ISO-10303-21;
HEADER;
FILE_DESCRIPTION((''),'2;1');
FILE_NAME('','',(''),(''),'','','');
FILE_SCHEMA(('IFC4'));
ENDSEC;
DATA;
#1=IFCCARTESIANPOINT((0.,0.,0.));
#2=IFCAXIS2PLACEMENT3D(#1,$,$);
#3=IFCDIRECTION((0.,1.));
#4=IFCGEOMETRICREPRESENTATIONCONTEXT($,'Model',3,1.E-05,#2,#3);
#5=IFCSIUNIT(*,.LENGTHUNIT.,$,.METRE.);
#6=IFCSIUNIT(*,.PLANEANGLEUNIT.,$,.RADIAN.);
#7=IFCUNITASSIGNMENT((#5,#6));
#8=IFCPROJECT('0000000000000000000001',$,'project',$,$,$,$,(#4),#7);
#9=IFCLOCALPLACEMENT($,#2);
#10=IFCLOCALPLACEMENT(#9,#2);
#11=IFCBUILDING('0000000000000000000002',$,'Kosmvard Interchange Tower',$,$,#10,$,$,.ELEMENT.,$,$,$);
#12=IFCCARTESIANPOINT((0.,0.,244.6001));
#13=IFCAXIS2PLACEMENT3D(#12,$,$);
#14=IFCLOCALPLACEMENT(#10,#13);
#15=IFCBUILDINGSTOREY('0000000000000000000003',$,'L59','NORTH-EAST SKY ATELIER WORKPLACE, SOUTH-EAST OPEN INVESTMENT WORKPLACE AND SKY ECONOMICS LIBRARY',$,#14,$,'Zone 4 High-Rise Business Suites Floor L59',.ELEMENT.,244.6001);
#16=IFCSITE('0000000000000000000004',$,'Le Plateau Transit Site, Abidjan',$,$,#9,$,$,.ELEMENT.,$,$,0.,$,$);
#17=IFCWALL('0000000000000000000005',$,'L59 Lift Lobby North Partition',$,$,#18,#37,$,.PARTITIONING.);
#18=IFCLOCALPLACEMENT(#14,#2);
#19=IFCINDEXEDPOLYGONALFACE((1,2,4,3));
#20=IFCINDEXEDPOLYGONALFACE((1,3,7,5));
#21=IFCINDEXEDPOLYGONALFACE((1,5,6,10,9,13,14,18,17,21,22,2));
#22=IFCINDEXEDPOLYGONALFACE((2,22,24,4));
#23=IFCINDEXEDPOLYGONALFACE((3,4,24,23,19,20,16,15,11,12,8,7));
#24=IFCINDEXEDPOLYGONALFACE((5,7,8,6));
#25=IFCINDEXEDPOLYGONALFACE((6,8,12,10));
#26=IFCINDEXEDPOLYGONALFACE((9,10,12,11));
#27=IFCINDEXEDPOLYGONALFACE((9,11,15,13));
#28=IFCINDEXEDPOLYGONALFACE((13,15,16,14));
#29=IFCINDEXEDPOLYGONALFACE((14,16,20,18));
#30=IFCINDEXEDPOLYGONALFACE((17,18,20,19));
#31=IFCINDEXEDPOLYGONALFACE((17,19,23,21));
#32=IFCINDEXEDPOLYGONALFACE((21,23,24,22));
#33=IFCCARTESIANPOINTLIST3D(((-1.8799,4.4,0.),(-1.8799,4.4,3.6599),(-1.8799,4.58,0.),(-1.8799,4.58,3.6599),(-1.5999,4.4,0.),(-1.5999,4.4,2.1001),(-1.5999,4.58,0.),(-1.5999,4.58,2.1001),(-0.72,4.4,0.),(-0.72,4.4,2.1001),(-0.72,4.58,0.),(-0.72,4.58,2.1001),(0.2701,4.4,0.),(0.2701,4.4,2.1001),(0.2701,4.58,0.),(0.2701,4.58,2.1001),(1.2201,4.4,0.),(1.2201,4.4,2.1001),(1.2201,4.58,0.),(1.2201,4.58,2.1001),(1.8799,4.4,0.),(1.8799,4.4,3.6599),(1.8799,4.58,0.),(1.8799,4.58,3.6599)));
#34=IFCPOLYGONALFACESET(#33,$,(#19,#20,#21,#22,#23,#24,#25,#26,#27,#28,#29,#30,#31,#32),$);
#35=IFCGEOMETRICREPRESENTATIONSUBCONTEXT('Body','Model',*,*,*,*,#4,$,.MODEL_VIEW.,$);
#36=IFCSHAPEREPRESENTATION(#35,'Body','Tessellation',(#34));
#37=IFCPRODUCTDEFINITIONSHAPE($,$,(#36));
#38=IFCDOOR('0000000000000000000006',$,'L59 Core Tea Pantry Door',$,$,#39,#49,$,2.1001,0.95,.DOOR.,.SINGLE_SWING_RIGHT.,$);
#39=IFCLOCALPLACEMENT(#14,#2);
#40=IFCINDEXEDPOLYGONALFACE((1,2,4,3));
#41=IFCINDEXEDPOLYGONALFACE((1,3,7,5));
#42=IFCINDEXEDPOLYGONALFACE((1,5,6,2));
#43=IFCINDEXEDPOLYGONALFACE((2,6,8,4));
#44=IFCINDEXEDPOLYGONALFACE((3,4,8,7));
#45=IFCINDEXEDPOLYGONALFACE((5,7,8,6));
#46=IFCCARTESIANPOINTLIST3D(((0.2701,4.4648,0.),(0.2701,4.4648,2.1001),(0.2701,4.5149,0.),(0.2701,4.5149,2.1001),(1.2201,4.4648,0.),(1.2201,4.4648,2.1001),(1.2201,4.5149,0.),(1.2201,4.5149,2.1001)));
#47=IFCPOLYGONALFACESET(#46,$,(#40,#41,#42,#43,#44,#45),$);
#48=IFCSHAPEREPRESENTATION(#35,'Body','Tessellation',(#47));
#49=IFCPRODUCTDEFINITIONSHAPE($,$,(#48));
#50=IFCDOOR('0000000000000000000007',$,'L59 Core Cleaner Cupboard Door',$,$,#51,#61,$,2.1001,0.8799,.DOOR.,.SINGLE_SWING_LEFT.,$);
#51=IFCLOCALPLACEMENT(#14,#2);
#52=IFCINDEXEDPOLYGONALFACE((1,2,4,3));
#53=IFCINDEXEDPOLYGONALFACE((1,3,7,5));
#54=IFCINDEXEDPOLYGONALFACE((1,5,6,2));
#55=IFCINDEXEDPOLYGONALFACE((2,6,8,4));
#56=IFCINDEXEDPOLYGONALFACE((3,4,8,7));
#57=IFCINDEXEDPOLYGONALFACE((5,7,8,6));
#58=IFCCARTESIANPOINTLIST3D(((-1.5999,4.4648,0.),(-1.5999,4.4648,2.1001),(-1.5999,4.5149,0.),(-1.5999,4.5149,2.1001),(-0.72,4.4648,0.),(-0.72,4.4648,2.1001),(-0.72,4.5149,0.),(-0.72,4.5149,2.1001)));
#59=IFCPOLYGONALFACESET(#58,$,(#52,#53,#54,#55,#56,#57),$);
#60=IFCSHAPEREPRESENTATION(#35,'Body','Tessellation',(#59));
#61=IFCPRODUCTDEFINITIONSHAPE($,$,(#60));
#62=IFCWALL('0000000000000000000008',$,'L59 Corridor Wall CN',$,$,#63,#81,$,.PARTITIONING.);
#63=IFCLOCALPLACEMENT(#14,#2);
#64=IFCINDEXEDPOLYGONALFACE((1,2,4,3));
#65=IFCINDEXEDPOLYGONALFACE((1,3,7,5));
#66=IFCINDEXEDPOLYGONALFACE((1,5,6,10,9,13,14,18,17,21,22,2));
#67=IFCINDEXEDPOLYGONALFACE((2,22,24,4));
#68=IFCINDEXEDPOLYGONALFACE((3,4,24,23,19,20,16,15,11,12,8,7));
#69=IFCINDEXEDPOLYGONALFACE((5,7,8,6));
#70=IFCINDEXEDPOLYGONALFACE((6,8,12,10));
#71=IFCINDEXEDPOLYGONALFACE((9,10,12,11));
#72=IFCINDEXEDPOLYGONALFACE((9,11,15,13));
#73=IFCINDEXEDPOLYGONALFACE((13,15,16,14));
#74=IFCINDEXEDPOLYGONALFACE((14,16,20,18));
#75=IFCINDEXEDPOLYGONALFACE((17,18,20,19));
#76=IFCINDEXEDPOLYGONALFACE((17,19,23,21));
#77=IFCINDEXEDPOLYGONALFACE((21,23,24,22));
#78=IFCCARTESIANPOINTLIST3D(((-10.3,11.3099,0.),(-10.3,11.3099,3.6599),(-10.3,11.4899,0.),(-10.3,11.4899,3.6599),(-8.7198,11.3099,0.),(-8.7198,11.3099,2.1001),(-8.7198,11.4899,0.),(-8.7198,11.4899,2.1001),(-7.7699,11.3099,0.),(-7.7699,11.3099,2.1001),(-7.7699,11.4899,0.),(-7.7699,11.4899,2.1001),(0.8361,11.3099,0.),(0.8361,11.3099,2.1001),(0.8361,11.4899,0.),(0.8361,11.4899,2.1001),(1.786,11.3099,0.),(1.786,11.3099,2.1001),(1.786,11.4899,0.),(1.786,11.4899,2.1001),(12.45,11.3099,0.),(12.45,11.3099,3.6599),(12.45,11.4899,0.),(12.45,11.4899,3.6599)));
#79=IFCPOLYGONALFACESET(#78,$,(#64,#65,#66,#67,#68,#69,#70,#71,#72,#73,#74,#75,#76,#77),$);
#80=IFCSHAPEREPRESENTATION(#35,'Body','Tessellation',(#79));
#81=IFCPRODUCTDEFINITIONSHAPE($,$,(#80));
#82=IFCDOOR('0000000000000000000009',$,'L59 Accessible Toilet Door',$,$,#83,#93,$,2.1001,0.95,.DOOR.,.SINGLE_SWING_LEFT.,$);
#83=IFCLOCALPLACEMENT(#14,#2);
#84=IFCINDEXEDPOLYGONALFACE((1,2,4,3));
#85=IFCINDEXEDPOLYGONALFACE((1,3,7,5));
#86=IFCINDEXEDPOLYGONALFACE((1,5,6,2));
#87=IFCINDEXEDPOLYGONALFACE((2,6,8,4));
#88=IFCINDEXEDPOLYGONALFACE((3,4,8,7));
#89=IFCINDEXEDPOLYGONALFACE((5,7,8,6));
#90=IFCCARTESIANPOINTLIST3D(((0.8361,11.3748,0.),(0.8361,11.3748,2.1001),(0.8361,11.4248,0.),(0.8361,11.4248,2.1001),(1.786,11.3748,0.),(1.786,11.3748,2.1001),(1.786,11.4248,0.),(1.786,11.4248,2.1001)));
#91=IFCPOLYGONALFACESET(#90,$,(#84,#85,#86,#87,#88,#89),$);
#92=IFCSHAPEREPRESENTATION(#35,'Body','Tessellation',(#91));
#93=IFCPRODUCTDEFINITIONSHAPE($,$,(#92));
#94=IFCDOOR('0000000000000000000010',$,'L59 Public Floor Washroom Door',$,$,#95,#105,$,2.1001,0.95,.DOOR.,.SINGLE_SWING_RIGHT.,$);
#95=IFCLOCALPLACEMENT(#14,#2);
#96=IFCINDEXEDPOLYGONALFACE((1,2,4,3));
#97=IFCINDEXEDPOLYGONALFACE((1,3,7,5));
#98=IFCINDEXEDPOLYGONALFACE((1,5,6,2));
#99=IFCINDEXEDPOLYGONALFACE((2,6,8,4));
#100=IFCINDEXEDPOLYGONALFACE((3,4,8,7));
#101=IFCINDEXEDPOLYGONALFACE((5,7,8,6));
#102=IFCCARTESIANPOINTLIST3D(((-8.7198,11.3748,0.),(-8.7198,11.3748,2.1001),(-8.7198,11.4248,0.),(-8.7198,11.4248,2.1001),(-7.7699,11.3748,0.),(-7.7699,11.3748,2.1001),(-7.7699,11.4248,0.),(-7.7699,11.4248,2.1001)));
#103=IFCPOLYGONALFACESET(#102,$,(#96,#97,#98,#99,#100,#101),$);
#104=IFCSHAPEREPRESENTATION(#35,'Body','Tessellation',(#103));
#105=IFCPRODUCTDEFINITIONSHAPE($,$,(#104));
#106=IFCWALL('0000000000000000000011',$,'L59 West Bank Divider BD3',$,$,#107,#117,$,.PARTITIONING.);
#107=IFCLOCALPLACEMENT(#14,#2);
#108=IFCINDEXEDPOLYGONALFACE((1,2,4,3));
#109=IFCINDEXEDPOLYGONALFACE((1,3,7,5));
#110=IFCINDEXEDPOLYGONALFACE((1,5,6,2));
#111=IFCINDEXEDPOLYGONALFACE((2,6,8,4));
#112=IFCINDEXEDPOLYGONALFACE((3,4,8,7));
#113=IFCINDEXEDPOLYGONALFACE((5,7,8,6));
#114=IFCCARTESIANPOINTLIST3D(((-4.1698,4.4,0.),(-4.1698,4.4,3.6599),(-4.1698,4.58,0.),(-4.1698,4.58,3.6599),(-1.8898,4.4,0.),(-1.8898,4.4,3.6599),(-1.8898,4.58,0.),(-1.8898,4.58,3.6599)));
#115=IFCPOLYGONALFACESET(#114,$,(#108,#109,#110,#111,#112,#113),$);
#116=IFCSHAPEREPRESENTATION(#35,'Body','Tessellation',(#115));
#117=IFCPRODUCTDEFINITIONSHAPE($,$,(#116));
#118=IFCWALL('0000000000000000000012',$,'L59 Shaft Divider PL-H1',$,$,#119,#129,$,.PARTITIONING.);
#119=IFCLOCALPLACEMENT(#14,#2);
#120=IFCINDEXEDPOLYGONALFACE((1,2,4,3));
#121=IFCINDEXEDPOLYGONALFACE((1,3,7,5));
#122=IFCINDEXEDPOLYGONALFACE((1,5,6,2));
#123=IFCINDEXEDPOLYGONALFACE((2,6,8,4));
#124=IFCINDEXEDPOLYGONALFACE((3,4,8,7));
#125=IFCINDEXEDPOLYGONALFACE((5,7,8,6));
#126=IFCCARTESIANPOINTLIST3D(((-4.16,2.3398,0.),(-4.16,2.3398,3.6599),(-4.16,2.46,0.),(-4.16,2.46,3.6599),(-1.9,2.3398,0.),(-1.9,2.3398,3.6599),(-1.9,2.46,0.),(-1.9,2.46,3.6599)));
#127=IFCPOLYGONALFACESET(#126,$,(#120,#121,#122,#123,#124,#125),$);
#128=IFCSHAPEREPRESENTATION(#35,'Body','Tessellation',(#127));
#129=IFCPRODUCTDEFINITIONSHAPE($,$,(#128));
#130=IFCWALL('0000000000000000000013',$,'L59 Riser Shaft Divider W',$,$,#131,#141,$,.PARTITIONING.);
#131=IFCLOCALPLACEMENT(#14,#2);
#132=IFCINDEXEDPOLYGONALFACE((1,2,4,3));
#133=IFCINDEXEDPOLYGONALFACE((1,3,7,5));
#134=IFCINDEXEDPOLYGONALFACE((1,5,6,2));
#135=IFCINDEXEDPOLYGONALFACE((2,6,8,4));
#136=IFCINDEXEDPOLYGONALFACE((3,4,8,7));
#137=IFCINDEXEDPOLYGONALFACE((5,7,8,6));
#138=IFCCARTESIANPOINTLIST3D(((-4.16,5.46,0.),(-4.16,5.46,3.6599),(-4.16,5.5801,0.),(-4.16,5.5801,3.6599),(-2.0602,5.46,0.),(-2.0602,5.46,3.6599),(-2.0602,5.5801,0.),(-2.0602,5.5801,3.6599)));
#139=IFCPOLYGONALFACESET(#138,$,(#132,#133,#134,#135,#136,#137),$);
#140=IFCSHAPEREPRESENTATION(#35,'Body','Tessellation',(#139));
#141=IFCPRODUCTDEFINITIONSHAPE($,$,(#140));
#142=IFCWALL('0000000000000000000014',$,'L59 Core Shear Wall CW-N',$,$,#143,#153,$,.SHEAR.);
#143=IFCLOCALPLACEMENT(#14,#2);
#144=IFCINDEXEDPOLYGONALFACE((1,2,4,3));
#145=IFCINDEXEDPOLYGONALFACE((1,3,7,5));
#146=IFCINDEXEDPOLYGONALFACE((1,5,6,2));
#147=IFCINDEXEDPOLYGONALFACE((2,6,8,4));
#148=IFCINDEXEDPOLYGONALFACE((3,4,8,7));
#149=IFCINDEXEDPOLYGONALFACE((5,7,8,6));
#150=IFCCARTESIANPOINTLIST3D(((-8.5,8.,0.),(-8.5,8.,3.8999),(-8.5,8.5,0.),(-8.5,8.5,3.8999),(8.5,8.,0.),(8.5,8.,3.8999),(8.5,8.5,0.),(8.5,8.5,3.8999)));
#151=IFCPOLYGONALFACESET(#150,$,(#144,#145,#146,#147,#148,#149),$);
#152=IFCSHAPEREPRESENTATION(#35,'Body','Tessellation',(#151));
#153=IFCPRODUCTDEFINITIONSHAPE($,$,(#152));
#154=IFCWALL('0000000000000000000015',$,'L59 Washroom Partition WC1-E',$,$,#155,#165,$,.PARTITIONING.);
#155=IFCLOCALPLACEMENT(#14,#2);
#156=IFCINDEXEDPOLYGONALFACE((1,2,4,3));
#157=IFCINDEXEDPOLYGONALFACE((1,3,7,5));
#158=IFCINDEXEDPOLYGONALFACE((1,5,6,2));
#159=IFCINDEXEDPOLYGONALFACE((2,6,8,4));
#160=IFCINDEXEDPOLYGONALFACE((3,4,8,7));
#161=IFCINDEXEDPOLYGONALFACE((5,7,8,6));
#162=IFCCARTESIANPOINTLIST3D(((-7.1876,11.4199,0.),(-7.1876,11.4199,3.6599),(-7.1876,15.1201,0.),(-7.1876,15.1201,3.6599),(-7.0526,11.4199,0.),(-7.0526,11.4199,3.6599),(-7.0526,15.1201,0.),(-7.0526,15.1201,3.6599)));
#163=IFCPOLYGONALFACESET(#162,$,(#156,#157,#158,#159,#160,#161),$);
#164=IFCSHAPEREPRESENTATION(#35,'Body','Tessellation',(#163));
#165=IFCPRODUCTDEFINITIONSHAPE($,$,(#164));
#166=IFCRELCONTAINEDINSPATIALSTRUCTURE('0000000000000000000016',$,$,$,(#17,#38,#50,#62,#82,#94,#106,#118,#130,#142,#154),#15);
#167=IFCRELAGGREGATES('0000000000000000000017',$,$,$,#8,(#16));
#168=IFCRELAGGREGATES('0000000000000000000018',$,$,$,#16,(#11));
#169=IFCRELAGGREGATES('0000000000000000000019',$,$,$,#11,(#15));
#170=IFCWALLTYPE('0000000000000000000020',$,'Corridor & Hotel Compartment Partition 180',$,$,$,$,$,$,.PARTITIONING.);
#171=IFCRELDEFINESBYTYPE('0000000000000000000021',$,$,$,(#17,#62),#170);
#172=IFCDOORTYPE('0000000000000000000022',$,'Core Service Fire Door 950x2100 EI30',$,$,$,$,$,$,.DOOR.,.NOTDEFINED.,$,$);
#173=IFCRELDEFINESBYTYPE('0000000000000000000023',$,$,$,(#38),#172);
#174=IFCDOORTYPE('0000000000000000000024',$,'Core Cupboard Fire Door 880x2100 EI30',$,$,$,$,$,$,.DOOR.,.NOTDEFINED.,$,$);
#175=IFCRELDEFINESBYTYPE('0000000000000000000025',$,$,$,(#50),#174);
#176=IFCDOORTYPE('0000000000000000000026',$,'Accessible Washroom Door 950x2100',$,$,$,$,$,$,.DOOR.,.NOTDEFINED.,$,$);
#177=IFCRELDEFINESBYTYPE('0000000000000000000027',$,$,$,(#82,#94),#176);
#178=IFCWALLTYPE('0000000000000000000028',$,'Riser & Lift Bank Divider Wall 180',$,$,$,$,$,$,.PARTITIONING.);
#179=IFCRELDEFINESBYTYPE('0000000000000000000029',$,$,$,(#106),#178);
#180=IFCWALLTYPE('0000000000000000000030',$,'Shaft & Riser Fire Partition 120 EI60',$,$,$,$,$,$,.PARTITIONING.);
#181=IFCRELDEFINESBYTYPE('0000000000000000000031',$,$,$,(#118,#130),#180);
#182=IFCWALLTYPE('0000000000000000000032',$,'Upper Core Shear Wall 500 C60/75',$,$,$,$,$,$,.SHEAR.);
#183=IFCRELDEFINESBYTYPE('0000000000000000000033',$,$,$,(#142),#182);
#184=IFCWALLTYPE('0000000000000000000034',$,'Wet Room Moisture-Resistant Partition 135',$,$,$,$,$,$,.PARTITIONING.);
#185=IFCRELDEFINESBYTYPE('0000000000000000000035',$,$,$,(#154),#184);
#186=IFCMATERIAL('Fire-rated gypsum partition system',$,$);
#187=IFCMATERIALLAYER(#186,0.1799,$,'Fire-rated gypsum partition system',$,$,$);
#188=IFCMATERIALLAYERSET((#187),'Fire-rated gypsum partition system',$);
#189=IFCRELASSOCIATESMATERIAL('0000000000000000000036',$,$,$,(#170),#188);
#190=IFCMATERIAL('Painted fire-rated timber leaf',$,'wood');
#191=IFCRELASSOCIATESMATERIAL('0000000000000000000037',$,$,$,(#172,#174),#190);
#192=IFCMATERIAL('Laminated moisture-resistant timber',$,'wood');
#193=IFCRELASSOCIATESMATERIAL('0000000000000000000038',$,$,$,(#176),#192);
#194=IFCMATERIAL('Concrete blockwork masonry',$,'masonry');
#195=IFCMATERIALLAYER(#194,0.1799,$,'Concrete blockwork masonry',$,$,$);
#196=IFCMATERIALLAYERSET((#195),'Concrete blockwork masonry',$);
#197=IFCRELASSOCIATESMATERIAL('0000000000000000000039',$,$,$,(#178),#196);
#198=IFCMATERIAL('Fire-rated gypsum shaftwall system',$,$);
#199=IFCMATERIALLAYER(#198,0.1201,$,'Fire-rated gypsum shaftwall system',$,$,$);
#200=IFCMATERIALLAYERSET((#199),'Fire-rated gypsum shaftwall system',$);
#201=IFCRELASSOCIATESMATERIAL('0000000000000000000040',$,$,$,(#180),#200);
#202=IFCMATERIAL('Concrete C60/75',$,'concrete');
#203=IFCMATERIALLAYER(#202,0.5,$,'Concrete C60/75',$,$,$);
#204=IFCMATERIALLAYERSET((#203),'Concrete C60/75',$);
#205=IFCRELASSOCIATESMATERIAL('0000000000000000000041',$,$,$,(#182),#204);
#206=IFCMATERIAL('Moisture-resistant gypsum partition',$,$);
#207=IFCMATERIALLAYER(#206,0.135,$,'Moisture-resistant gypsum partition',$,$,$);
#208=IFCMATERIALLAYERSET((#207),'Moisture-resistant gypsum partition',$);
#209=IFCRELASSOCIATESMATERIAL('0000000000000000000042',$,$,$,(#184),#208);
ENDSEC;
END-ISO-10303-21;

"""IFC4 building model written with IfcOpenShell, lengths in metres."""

from ifc_helpers import new_model, si_unit, direction, frame, frame_2d, origin, place, context, subcontext, project, spatial, rectangle, extrude, source, transform, mapped, material, layer, layer_set, type_object, element, fill, save


model = new_model("IFC4")

# Units and contexts
model_context = context("Model", 3, precision=1e-05, world=origin(), true_north=direction((0.0, 1.0)))
body_context = subcontext(model_context, "Body", "Model", "MODEL_VIEW")
ifc_project = project(units=[si_unit("LENGTHUNIT", "METRE"), si_unit("PLANEANGLEUNIT", "RADIAN")], contexts=[model_context])

# Site, building, storey
site_placement = place(None, origin())
site = spatial("IfcSite", under=ifc_project, at=site_placement, Name="Le Plateau Transit Site, Abidjan", CompositionType="ELEMENT", RefElevation=0.0)
building_placement = place(site_placement, origin())
building = spatial("IfcBuilding", under=site, at=building_placement, Name="Kosmvard Interchange Tower", CompositionType="ELEMENT")
storey_placement = place(building_placement, frame((0.0, 0.0, 244.6001)))
storey = spatial("IfcBuildingStorey", under=building, at=storey_placement, Name="L59", Description="NORTH-EAST SKY ATELIER WORKPLACE, SOUTH-EAST OPEN INVESTMENT WORKPLACE AND SKY ECONOMICS LIBRARY", LongName="Zone 4 High-Rise Business Suites Floor L59", CompositionType="ELEMENT", Elevation=244.6001)

# Shared definitions
ifc_material_1 = material(Name="Concrete C60/75", Category="concrete")

# Shared definitions
ifc_material_2 = material(Name="Fire-rated gypsum partition system")

# Walls, openings, doors
ifc_layer_1 = layer(ifc_material_2, 0.1799, Name="Fire-rated gypsum partition system")
ifc_layer_set_1 = layer_set([ifc_layer_1], Name="Fire-rated gypsum partition system")
wall_type_1 = type_object("IfcWallType", Name="Corridor & Hotel Compartment Partition 180", PredefinedType="PARTITIONING", material=ifc_layer_set_1)
wall_1_placement = place(storey_placement, frame((-1.8799, 4.49, 0.0), z_axis=(0.0, 0.0, 1.0), x_axis=(1.0, 0.0, 0.0)))
wall_1 = element("IfcWall", 1, at=wall_1_placement, inside=storey, type_object=wall_type_1, Name="L59 Lift Lobby North Partition", PredefinedType="PARTITIONING", context=body_context, shape_type="SweptSolid", body=[
    extrude(rectangle(XDim=3.7598, YDim=0.1799, at=frame_2d((1.8799, 0.0))), origin(), (0.0, 0.0, 1.0), 3.6599),
])
opening_1_placement = place(wall_1_placement, frame((0.28, 0.0, 0.0)))
opening_1 = element("IfcOpeningElement", 2, at=opening_1_placement, cuts=wall_1, PredefinedType="OPENING", context=body_context, shape_type="SweptSolid", body=[
    extrude(rectangle(XDim=0.8799, YDim=2.1001, at=frame_2d((0.4399, 1.05))), frame((0.0, 0.1001, 0.0), z_axis=(0.0, -1.0, 0.0), x_axis=(1.0, 0.0, 0.0)), (0.0, 0.0, 1.0), 0.2),
])
opening_2_placement = place(wall_1_placement, frame((2.1499, 0.0, 0.0)))
opening_2 = element("IfcOpeningElement", 3, at=opening_2_placement, cuts=wall_1, PredefinedType="OPENING", context=body_context, shape_type="SweptSolid", body=[
    extrude(rectangle(XDim=0.95, YDim=2.1001, at=frame_2d((0.4751, 1.05))), frame((0.0, 0.1001, 0.0), z_axis=(0.0, -1.0, 0.0), x_axis=(1.0, 0.0, 0.0)), (0.0, 0.0, 1.0), 0.2),
])
ifc_material_3 = material(Name="Painted fire-rated timber leaf", Category="wood")
door_type_1 = type_object("IfcDoorType", Name="Core Service Fire Door 950x2100 EI30", OperationType="NOTDEFINED", PredefinedType="DOOR", material=ifc_material_3)
shared_shape_1 = source(origin(), body_context, "Body", "SweptSolid", [
    extrude(rectangle(XDim=0.95, YDim=2.1001, at=frame_2d((0.4751, 1.05))), frame((0.0, 0.0249, 0.0), z_axis=(0.0, -1.0, 0.0), x_axis=(1.0, 0.0, 0.0)), (0.0, 0.0, 1.0), 0.05),
])
door_1_placement = place(opening_2_placement, origin())
door_1 = element("IfcDoor", 4, at=door_1_placement, inside=storey, type_object=door_type_1, Name="L59 Core Tea Pantry Door", OperationType="SINGLE_SWING_RIGHT", OverallHeight=2.1001, OverallWidth=0.95, PredefinedType="DOOR", context=body_context, shape_type="MappedRepresentation", body=[
    mapped(shared_shape_1, transform((0.0, 0.0, 0.0), scale=1.0)),
])
fill(opening_2, door_1)
door_type_2 = type_object("IfcDoorType", Name="Core Cupboard Fire Door 880x2100 EI30", OperationType="NOTDEFINED", PredefinedType="DOOR", material=ifc_material_3)
shared_shape_2 = source(origin(), body_context, "Body", "SweptSolid", [
    extrude(rectangle(XDim=0.8799, YDim=2.1001, at=frame_2d((0.4399, 1.05))), frame((0.0, 0.0249, 0.0), z_axis=(0.0, -1.0, 0.0), x_axis=(1.0, 0.0, 0.0)), (0.0, 0.0, 1.0), 0.05),
])
door_2_placement = place(opening_1_placement, origin())
door_2 = element("IfcDoor", 5, at=door_2_placement, inside=storey, type_object=door_type_2, Name="L59 Core Cleaner Cupboard Door", OperationType="SINGLE_SWING_LEFT", OverallHeight=2.1001, OverallWidth=0.8799, PredefinedType="DOOR", context=body_context, shape_type="MappedRepresentation", body=[
    mapped(shared_shape_2, transform((0.0, 0.0, 0.0), scale=1.0)),
])
fill(opening_1, door_2)
wall_2_placement = place(storey_placement, frame((-10.3, 11.3999, 0.0), z_axis=(0.0, 0.0, 1.0), x_axis=(1.0, 0.0, 0.0)))
wall_2 = element("IfcWall", 6, at=wall_2_placement, inside=storey, type_object=wall_type_1, Name="L59 Corridor Wall CN", PredefinedType="PARTITIONING", context=body_context, shape_type="SweptSolid", body=[
    extrude(rectangle(XDim=22.75, YDim=0.1799, at=frame_2d((11.375, 0.0))), origin(), (0.0, 0.0, 1.0), 3.6599),
])
opening_3_placement = place(wall_2_placement, frame((11.136, 0.0, 0.0)))
opening_3 = element("IfcOpeningElement", 7, at=opening_3_placement, cuts=wall_2, PredefinedType="OPENING", context=body_context, shape_type="SweptSolid", body=[
    extrude(rectangle(XDim=0.95, YDim=2.1001, at=frame_2d((0.4751, 1.05))), frame((0.0, 0.1001, 0.0), z_axis=(0.0, -1.0, 0.0), x_axis=(1.0, 0.0, 0.0)), (0.0, 0.0, 1.0), 0.2),
])
opening_4_placement = place(wall_2_placement, frame((1.5801, 0.0, 0.0)))
opening_4 = element("IfcOpeningElement", 8, at=opening_4_placement, cuts=wall_2, PredefinedType="OPENING", context=body_context, shape_type="SweptSolid", body=[
    extrude(rectangle(XDim=0.95, YDim=2.1001, at=frame_2d((0.4751, 1.05))), frame((0.0, 0.1001, 0.0), z_axis=(0.0, -1.0, 0.0), x_axis=(1.0, 0.0, 0.0)), (0.0, 0.0, 1.0), 0.2),
])
ifc_material_4 = material(Name="Laminated moisture-resistant timber", Category="wood")
door_type_3 = type_object("IfcDoorType", Name="Accessible Washroom Door 950x2100", OperationType="NOTDEFINED", PredefinedType="DOOR", material=ifc_material_4)
door_3_placement = place(opening_3_placement, origin())
door_3 = element("IfcDoor", 9, at=door_3_placement, inside=storey, type_object=door_type_3, Name="L59 Accessible Toilet Door", OperationType="SINGLE_SWING_LEFT", OverallHeight=2.1001, OverallWidth=0.95, PredefinedType="DOOR", context=body_context, shape_type="MappedRepresentation", body=[
    mapped(shared_shape_1, transform((0.0, 0.0, 0.0), scale=1.0)),
])
fill(opening_3, door_3)
door_4_placement = place(opening_4_placement, origin())
door_4 = element("IfcDoor", 10, at=door_4_placement, inside=storey, type_object=door_type_3, Name="L59 Public Floor Washroom Door", OperationType="SINGLE_SWING_RIGHT", OverallHeight=2.1001, OverallWidth=0.95, PredefinedType="DOOR", context=body_context, shape_type="MappedRepresentation", body=[
    mapped(shared_shape_1, transform((0.0, 0.0, 0.0), scale=1.0)),
])
fill(opening_4, door_4)

# Walls
ifc_material_5 = material(Name="Concrete blockwork masonry", Category="masonry")
ifc_layer_2 = layer(ifc_material_5, 0.1799, Name="Concrete blockwork masonry")
ifc_layer_set_2 = layer_set([ifc_layer_2], Name="Concrete blockwork masonry")
wall_type_2 = type_object("IfcWallType", Name="Riser & Lift Bank Divider Wall 180", PredefinedType="PARTITIONING", material=ifc_layer_set_2)
wall_3_placement = place(storey_placement, frame((-4.1699, 4.49, 0.0), z_axis=(0.0, 0.0, 1.0), x_axis=(1.0, 0.0, 0.0)))
element("IfcWall", 11, at=wall_3_placement, inside=storey, type_object=wall_type_2, Name="L59 West Bank Divider BD3", PredefinedType="PARTITIONING", context=body_context, shape_type="SweptSolid", body=[
    extrude(rectangle(XDim=2.28, YDim=0.1799, at=frame_2d((1.1401, 0.0))), origin(), (0.0, 0.0, 1.0), 3.6599),
])
ifc_material_6 = material(Name="Fire-rated gypsum shaftwall system")
ifc_layer_3 = layer(ifc_material_6, 0.1201, Name="Fire-rated gypsum shaftwall system")
ifc_layer_set_3 = layer_set([ifc_layer_3], Name="Fire-rated gypsum shaftwall system")
wall_type_3 = type_object("IfcWallType", Name="Shaft & Riser Fire Partition 120 EI60", PredefinedType="PARTITIONING", material=ifc_layer_set_3)
wall_4_placement = place(storey_placement, frame((-4.1599, 2.3999, 0.0), z_axis=(0.0, 0.0, 1.0), x_axis=(1.0, 0.0, 0.0)))
element("IfcWall", 12, at=wall_4_placement, inside=storey, type_object=wall_type_3, Name="L59 Shaft Divider PL-H1", PredefinedType="PARTITIONING", context=body_context, shape_type="SweptSolid", body=[
    extrude(rectangle(XDim=2.26, YDim=0.1201, at=frame_2d((1.1299, 0.0))), origin(), (0.0, 0.0, 1.0), 3.6599),
])
wall_5_placement = place(storey_placement, frame((-4.1599, 5.52, 0.0), z_axis=(0.0, 0.0, 1.0), x_axis=(1.0, 0.0, 0.0)))
element("IfcWall", 13, at=wall_5_placement, inside=storey, type_object=wall_type_3, Name="L59 Riser Shaft Divider W", PredefinedType="PARTITIONING", context=body_context, shape_type="SweptSolid", body=[
    extrude(rectangle(XDim=2.0999, YDim=0.1201, at=frame_2d((1.0498, 0.0))), origin(), (0.0, 0.0, 1.0), 3.6599),
])
ifc_layer_4 = layer(ifc_material_1, 0.5, Name="Concrete C60/75")
ifc_layer_set_4 = layer_set([ifc_layer_4], Name="Concrete C60/75")
wall_type_4 = type_object("IfcWallType", Name="Upper Core Shear Wall 500 C60/75", PredefinedType="SHEAR", material=ifc_layer_set_4)
wall_6_placement = place(storey_placement, frame((-8.5, 8.25, 0.0), z_axis=(0.0, 0.0, 1.0), x_axis=(1.0, 0.0, 0.0)))
element("IfcWall", 14, at=wall_6_placement, inside=storey, type_object=wall_type_4, Name="L59 Core Shear Wall CW-N", PredefinedType="SHEAR", context=body_context, shape_type="SweptSolid", body=[
    extrude(rectangle(XDim=17.0, YDim=0.5, at=frame_2d((8.5, 0.0))), origin(), (0.0, 0.0, 1.0), 3.8999),
])
ifc_material_7 = material(Name="Moisture-resistant gypsum partition")
ifc_layer_5 = layer(ifc_material_7, 0.135, Name="Moisture-resistant gypsum partition")
ifc_layer_set_5 = layer_set([ifc_layer_5], Name="Moisture-resistant gypsum partition")
wall_type_5 = type_object("IfcWallType", Name="Wet Room Moisture-Resistant Partition 135", PredefinedType="PARTITIONING", material=ifc_layer_set_5)
for number, where, z_axis, x_axis, name in (
    (15, (-7.1201, 11.4199, 0.0), (0.0, 0.0, 1.0), (0.0, 1.0, 0.0), "L59 Washroom Partition WC1-E"),
):
    element("IfcWall", number, at=place(storey_placement, frame(where, z_axis=z_axis, x_axis=x_axis)), inside=storey, type_object=wall_type_5, Name=name, PredefinedType="PARTITIONING", context=body_context, shape_type="SweptSolid", body=[
        extrude(rectangle(XDim=3.7002, YDim=0.135, at=frame_2d((1.8501, 0.0))), origin(), (0.0, 0.0, 1.0), 3.6599),
    ])

save(model, "model.ifc")
